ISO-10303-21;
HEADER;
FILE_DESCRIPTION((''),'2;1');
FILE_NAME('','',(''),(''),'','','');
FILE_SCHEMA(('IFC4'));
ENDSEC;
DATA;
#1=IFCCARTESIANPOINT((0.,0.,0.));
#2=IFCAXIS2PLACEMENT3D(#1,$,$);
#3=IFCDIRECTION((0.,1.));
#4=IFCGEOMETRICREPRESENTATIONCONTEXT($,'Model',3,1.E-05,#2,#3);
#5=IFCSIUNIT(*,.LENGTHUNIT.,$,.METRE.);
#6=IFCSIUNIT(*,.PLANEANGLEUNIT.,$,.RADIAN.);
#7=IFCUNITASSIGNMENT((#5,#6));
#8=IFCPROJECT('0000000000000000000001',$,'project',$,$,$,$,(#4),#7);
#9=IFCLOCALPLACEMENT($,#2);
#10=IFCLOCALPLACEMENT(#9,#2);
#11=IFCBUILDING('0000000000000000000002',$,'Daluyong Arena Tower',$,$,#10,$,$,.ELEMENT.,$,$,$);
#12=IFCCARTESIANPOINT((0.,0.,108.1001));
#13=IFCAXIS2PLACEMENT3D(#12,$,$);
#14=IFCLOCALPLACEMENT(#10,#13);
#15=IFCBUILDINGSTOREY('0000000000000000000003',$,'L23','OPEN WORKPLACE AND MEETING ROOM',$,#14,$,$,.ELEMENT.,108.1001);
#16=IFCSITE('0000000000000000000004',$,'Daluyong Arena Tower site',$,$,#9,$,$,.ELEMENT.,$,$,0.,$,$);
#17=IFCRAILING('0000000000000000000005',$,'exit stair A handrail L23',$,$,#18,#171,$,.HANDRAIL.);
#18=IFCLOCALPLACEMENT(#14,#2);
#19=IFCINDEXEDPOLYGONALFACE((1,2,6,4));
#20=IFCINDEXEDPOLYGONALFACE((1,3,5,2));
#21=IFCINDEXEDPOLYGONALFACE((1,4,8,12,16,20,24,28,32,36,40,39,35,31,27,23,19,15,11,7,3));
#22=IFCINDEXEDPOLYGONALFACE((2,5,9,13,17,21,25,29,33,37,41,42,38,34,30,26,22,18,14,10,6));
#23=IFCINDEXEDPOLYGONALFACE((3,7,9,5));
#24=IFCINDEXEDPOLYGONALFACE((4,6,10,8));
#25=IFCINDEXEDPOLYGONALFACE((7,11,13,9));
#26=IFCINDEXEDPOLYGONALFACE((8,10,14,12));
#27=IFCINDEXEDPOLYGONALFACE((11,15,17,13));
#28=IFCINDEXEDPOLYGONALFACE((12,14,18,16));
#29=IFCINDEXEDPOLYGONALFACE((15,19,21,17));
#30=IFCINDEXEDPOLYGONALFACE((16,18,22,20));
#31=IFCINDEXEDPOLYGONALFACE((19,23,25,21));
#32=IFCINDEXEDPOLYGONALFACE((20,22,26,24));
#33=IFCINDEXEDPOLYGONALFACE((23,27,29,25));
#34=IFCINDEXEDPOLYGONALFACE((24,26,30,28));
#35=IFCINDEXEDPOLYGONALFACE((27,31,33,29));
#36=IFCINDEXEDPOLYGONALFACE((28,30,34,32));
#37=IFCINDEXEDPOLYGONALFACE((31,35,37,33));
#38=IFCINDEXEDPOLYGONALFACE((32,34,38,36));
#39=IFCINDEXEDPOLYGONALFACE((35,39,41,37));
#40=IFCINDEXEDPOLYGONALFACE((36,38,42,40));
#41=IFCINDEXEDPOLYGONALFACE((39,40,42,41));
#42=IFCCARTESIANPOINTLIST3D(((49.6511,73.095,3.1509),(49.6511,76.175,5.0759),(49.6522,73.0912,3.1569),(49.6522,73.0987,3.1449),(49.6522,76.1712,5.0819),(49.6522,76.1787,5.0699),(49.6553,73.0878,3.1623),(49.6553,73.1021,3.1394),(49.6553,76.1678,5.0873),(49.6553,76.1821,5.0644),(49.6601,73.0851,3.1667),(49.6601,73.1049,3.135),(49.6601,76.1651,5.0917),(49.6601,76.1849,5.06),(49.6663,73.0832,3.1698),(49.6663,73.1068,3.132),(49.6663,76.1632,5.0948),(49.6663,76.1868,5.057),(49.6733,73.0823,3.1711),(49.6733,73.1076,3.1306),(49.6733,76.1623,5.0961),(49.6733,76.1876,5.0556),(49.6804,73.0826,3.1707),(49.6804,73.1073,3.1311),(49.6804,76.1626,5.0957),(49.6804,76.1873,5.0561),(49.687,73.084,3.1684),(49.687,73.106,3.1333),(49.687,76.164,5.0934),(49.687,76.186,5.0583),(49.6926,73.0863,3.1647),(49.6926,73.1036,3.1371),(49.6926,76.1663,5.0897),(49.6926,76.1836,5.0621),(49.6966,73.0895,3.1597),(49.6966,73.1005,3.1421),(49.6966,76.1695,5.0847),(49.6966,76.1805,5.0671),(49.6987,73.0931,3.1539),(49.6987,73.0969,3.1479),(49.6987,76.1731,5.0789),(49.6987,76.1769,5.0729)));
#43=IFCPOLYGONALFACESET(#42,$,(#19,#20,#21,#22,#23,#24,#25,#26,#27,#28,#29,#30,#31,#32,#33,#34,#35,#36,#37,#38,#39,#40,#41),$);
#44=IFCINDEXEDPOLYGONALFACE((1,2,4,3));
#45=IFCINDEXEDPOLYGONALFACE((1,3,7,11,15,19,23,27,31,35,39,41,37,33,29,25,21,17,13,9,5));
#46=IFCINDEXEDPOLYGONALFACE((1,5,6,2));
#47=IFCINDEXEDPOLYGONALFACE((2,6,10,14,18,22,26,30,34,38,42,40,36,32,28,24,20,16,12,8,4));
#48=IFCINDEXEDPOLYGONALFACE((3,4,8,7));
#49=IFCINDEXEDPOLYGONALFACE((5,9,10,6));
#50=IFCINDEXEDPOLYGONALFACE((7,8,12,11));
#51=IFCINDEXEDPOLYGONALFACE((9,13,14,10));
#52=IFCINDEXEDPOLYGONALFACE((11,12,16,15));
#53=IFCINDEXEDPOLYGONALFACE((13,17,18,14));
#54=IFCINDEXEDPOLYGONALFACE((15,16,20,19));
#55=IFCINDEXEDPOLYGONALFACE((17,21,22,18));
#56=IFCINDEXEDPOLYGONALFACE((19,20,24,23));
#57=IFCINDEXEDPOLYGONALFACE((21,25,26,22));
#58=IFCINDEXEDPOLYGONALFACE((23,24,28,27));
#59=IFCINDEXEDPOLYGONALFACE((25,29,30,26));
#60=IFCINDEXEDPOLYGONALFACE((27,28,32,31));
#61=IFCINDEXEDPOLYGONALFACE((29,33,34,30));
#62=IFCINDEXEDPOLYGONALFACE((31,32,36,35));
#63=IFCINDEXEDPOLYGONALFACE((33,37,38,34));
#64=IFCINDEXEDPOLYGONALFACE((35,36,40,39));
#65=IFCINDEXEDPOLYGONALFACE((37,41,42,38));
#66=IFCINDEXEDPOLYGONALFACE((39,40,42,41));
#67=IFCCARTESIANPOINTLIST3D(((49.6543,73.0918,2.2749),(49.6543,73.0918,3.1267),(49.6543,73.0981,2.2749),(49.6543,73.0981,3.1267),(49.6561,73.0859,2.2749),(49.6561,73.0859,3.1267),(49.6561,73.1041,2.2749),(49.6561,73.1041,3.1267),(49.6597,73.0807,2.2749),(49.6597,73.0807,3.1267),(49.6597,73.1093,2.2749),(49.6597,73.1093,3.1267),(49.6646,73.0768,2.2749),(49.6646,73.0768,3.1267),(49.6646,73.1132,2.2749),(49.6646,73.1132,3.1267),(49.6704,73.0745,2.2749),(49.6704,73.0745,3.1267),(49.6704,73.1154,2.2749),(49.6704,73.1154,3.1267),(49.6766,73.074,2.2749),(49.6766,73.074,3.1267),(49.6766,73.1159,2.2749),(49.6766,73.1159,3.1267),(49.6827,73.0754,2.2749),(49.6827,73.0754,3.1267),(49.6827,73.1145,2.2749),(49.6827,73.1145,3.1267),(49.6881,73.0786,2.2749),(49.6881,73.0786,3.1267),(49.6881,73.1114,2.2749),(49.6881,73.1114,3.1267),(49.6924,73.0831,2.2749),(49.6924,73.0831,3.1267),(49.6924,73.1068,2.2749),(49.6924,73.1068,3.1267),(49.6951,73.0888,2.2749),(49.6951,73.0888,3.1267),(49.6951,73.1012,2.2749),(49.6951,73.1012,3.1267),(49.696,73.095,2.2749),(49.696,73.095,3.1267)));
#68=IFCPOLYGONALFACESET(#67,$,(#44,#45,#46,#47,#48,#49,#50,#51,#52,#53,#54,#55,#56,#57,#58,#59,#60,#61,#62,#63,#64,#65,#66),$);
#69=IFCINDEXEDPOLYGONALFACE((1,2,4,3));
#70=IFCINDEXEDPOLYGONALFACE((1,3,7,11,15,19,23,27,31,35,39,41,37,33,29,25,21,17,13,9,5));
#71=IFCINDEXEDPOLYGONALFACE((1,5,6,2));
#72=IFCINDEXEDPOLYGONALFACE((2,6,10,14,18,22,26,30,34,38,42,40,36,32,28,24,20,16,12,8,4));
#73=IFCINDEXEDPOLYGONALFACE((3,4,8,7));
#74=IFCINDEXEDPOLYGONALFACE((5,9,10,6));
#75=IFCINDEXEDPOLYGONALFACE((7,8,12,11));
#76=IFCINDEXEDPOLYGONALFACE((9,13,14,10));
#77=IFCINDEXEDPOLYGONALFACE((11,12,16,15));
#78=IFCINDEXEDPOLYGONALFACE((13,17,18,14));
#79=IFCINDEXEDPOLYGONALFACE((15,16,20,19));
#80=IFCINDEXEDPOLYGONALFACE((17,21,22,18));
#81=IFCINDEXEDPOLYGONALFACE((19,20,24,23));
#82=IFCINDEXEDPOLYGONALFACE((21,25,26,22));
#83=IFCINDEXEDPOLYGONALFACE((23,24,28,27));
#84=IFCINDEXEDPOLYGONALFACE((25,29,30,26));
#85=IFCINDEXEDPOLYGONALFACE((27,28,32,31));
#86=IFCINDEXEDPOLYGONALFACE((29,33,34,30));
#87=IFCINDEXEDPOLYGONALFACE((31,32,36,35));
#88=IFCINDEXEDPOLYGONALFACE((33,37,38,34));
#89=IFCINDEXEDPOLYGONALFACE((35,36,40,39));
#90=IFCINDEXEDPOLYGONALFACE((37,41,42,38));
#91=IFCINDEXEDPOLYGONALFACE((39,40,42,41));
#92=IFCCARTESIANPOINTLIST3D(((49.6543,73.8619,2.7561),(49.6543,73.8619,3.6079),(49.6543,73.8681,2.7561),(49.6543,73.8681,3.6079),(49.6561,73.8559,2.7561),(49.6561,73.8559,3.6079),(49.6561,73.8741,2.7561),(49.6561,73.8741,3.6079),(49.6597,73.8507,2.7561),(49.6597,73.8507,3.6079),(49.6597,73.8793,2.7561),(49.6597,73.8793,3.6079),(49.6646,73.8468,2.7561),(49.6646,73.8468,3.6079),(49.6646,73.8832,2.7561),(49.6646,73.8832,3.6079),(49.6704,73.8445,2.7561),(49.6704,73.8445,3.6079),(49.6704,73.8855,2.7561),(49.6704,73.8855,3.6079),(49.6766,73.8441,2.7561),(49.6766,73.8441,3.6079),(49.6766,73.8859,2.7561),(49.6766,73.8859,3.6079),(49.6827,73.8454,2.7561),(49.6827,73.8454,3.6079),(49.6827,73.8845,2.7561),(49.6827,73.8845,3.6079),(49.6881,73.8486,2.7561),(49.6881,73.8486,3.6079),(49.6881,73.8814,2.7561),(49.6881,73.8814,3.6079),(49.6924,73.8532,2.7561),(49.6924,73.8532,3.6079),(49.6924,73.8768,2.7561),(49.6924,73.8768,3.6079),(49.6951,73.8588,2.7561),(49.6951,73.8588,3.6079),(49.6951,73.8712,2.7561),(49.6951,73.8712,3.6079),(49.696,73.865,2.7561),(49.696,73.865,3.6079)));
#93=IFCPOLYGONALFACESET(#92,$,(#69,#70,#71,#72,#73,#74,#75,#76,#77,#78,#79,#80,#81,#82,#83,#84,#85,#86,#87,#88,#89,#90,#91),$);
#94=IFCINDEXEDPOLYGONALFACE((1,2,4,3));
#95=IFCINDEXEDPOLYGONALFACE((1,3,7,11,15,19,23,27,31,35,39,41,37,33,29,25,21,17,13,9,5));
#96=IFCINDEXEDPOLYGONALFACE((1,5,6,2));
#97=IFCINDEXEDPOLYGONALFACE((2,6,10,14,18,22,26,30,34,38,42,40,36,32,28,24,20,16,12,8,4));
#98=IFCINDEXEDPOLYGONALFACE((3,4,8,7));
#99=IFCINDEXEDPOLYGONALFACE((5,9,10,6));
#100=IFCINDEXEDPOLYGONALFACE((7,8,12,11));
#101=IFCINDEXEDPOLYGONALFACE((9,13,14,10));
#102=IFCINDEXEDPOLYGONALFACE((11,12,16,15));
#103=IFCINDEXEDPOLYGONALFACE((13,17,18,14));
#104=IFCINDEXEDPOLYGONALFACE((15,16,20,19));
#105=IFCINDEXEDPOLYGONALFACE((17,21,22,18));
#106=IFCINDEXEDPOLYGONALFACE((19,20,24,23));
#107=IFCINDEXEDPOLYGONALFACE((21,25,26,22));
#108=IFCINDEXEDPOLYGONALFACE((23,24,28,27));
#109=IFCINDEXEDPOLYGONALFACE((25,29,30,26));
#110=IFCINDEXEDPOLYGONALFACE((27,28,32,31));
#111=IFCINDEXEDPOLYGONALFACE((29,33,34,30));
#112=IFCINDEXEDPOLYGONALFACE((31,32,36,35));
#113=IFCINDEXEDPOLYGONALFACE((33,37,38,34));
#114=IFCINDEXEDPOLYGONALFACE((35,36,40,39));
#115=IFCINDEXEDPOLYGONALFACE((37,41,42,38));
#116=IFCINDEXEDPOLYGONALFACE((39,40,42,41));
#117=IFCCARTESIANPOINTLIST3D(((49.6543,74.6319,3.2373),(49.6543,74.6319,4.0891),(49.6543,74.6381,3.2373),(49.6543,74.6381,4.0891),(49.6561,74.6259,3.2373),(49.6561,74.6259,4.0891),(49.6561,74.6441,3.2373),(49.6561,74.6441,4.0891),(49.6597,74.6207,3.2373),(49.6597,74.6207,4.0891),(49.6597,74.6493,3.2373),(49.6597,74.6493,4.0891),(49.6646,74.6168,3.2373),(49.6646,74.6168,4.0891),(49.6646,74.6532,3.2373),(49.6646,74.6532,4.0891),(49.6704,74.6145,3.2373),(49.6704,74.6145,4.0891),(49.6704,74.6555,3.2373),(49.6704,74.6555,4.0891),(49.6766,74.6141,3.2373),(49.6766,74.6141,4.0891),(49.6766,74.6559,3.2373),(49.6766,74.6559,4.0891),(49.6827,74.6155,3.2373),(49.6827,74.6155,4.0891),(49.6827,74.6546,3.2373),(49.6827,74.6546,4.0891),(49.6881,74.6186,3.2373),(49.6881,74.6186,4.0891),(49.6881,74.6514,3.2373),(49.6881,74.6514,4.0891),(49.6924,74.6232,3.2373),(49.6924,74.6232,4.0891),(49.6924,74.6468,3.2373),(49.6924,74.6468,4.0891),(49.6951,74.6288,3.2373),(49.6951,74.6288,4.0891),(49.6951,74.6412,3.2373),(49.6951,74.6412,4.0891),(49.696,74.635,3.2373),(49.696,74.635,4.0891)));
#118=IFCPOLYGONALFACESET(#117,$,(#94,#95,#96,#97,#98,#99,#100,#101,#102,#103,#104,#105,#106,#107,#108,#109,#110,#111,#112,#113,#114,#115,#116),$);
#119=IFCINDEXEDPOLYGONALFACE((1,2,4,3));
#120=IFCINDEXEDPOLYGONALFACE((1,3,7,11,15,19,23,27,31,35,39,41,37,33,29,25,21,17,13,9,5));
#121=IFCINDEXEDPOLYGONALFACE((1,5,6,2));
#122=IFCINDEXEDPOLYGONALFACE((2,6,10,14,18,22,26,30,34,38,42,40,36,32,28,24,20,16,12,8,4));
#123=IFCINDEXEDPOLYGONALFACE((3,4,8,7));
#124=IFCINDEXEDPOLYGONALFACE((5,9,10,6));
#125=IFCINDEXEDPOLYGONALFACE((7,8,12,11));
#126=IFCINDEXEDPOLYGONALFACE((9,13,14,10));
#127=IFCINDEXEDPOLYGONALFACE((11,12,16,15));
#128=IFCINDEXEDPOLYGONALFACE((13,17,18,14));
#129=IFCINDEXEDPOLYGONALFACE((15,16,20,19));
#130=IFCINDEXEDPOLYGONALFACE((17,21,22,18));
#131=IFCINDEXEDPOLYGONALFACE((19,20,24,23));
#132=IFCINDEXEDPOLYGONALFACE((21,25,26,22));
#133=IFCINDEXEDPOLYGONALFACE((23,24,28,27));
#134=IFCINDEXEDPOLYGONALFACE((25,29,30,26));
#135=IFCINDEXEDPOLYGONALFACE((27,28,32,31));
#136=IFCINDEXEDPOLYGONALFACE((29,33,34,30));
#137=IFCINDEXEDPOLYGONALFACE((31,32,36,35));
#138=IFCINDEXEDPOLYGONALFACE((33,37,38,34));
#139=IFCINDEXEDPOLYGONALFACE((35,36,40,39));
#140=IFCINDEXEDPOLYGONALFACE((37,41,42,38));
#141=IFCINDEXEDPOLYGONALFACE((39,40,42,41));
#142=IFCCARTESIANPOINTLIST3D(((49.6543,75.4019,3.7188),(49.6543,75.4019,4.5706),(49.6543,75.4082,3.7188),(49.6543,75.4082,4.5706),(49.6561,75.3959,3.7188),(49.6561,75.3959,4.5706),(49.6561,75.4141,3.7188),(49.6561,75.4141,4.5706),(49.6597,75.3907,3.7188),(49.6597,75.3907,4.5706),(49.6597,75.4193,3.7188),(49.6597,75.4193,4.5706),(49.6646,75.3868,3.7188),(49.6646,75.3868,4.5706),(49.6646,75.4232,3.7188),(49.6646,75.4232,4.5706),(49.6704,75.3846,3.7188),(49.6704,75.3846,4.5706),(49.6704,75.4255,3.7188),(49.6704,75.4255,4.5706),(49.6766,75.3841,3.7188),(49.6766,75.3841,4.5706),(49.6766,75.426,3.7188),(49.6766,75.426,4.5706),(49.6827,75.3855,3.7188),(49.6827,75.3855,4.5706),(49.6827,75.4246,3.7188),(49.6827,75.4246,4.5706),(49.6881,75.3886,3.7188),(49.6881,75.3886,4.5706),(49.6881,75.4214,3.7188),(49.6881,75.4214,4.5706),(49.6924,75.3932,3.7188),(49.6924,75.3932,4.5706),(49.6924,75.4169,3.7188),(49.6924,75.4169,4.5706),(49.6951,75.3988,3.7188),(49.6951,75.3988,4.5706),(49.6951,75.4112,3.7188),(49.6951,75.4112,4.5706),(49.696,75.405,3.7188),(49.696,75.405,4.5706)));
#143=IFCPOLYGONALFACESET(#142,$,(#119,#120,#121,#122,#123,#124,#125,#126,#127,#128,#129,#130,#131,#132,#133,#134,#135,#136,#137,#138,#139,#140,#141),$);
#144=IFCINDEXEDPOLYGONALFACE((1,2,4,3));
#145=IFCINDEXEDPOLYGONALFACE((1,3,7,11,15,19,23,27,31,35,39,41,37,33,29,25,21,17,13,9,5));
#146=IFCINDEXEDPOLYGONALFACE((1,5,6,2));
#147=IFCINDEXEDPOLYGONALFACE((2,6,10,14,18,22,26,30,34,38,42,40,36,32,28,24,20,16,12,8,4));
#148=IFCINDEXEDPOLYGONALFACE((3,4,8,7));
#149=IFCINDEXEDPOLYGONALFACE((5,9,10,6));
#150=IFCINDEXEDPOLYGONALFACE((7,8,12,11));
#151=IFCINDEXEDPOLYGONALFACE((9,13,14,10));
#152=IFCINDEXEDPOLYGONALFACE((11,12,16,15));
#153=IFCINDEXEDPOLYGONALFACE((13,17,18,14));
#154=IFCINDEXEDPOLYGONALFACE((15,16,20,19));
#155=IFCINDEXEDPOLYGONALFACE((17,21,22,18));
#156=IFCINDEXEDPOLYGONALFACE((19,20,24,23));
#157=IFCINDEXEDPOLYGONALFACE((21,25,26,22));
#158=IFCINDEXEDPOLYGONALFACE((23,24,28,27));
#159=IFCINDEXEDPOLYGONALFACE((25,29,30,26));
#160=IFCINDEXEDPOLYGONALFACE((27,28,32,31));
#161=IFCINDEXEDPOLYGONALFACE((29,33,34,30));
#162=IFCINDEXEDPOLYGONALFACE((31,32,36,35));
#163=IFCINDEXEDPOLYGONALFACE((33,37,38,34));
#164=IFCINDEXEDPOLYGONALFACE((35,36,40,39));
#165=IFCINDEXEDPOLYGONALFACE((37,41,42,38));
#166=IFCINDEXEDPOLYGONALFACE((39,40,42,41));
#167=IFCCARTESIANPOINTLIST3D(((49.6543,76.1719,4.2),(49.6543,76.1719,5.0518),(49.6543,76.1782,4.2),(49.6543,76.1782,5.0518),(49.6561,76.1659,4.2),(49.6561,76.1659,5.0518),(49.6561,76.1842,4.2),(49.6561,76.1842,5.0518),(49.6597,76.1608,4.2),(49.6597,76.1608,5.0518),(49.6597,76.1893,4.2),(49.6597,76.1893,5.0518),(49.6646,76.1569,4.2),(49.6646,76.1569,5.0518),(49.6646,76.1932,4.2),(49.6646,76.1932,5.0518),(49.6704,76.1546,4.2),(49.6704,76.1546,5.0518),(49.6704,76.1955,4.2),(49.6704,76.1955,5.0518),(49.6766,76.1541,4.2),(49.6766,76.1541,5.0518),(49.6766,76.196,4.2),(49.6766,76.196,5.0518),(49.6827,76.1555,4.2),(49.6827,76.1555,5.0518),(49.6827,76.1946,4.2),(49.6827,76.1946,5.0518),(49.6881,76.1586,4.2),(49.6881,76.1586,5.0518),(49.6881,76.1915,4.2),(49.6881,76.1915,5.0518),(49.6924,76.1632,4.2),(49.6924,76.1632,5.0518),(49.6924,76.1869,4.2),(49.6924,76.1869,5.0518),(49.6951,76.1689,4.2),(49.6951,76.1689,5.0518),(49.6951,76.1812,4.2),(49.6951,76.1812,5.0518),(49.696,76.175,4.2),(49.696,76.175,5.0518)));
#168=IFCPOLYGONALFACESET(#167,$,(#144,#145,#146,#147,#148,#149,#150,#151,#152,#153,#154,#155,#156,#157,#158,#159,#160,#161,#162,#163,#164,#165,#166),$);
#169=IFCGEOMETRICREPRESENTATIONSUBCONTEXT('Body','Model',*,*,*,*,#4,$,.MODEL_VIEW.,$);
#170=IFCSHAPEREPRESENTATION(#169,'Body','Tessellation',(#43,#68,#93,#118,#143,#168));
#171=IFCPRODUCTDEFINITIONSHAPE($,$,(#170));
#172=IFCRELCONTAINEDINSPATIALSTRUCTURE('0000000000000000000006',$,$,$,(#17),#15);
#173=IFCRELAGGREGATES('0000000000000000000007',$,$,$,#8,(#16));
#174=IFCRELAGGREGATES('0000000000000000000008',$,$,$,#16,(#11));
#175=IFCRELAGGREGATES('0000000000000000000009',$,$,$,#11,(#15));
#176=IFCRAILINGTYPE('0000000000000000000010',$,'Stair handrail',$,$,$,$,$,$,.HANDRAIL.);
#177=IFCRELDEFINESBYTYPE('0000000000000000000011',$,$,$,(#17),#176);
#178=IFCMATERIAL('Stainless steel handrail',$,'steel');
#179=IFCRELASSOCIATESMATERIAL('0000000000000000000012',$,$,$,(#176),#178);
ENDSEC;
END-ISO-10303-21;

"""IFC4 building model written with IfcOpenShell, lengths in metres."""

from ifc_helpers import new_model, si_unit, direction, frame, origin, origin_2d, place, context, subcontext, project, spatial, circle, extrude, material, type_object, element, save


model = new_model("IFC4")

# Units and contexts
model_context = context("Model", 3, precision=1e-05, world=origin(), true_north=direction((0.0, 1.0)))
body_context = subcontext(model_context, "Body", "Model", "MODEL_VIEW")
ifc_project = project(units=[si_unit("LENGTHUNIT", "METRE"), si_unit("PLANEANGLEUNIT", "RADIAN")], contexts=[model_context])

# Site, building, storey
site_placement = place(None, origin())
site = spatial("IfcSite", under=ifc_project, at=site_placement, Name="Daluyong Arena Tower site", CompositionType="ELEMENT", RefElevation=0.0)
building_placement = place(site_placement, origin())
building = spatial("IfcBuilding", under=site, at=building_placement, Name="Daluyong Arena Tower", CompositionType="ELEMENT")
storey_placement = place(building_placement, frame((0.0, 0.0, 108.1001)))
storey = spatial("IfcBuildingStorey", under=building, at=storey_placement, Name="L23", Description="OPEN WORKPLACE AND MEETING ROOM", CompositionType="ELEMENT", Elevation=108.1001)

# Railing
ifc_material_1 = material(Name="Stainless steel handrail", Category="steel")
railing_type = type_object("IfcRailingType", Name="Stair handrail", PredefinedType="HANDRAIL", material=ifc_material_1)
railing_placement = place(storey_placement, frame((49.675, 73.095, 2.2749)))
element("IfcRailing", 1, at=railing_placement, inside=storey, type_object=railing_type, Name="exit stair A handrail L23", PredefinedType="HANDRAIL", context=body_context, shape_type="SweptSolid", body=[
    extrude(circle(Radius=0.0239, at=origin_2d()), frame((0.0, 0.0, 0.876), z_axis=(0.0, 0.847998, 0.529999), x_axis=(-1.0, 0.0, 0.0)), (0.0, 0.0, 1.0), 3.6321),
    extrude(circle(Radius=0.021, at=origin_2d()), origin(), (0.0, 0.0, 1.0), 0.8518),
    extrude(circle(Radius=0.021, at=origin_2d()), frame((0.0, 0.77, 0.4812)), (0.0, 0.0, 1.0), 0.8518),
    extrude(circle(Radius=0.021, at=origin_2d()), frame((0.0, 1.54, 0.9624)), (0.0, 0.0, 1.0), 0.8518),
    extrude(circle(Radius=0.021, at=origin_2d()), frame((0.0, 2.3101, 1.4438)), (0.0, 0.0, 1.0), 0.8518),
    extrude(circle(Radius=0.021, at=origin_2d()), frame((0.0, 3.0801, 1.925)), (0.0, 0.0, 1.0), 0.8518),
])

save(model, "model.ifc")
